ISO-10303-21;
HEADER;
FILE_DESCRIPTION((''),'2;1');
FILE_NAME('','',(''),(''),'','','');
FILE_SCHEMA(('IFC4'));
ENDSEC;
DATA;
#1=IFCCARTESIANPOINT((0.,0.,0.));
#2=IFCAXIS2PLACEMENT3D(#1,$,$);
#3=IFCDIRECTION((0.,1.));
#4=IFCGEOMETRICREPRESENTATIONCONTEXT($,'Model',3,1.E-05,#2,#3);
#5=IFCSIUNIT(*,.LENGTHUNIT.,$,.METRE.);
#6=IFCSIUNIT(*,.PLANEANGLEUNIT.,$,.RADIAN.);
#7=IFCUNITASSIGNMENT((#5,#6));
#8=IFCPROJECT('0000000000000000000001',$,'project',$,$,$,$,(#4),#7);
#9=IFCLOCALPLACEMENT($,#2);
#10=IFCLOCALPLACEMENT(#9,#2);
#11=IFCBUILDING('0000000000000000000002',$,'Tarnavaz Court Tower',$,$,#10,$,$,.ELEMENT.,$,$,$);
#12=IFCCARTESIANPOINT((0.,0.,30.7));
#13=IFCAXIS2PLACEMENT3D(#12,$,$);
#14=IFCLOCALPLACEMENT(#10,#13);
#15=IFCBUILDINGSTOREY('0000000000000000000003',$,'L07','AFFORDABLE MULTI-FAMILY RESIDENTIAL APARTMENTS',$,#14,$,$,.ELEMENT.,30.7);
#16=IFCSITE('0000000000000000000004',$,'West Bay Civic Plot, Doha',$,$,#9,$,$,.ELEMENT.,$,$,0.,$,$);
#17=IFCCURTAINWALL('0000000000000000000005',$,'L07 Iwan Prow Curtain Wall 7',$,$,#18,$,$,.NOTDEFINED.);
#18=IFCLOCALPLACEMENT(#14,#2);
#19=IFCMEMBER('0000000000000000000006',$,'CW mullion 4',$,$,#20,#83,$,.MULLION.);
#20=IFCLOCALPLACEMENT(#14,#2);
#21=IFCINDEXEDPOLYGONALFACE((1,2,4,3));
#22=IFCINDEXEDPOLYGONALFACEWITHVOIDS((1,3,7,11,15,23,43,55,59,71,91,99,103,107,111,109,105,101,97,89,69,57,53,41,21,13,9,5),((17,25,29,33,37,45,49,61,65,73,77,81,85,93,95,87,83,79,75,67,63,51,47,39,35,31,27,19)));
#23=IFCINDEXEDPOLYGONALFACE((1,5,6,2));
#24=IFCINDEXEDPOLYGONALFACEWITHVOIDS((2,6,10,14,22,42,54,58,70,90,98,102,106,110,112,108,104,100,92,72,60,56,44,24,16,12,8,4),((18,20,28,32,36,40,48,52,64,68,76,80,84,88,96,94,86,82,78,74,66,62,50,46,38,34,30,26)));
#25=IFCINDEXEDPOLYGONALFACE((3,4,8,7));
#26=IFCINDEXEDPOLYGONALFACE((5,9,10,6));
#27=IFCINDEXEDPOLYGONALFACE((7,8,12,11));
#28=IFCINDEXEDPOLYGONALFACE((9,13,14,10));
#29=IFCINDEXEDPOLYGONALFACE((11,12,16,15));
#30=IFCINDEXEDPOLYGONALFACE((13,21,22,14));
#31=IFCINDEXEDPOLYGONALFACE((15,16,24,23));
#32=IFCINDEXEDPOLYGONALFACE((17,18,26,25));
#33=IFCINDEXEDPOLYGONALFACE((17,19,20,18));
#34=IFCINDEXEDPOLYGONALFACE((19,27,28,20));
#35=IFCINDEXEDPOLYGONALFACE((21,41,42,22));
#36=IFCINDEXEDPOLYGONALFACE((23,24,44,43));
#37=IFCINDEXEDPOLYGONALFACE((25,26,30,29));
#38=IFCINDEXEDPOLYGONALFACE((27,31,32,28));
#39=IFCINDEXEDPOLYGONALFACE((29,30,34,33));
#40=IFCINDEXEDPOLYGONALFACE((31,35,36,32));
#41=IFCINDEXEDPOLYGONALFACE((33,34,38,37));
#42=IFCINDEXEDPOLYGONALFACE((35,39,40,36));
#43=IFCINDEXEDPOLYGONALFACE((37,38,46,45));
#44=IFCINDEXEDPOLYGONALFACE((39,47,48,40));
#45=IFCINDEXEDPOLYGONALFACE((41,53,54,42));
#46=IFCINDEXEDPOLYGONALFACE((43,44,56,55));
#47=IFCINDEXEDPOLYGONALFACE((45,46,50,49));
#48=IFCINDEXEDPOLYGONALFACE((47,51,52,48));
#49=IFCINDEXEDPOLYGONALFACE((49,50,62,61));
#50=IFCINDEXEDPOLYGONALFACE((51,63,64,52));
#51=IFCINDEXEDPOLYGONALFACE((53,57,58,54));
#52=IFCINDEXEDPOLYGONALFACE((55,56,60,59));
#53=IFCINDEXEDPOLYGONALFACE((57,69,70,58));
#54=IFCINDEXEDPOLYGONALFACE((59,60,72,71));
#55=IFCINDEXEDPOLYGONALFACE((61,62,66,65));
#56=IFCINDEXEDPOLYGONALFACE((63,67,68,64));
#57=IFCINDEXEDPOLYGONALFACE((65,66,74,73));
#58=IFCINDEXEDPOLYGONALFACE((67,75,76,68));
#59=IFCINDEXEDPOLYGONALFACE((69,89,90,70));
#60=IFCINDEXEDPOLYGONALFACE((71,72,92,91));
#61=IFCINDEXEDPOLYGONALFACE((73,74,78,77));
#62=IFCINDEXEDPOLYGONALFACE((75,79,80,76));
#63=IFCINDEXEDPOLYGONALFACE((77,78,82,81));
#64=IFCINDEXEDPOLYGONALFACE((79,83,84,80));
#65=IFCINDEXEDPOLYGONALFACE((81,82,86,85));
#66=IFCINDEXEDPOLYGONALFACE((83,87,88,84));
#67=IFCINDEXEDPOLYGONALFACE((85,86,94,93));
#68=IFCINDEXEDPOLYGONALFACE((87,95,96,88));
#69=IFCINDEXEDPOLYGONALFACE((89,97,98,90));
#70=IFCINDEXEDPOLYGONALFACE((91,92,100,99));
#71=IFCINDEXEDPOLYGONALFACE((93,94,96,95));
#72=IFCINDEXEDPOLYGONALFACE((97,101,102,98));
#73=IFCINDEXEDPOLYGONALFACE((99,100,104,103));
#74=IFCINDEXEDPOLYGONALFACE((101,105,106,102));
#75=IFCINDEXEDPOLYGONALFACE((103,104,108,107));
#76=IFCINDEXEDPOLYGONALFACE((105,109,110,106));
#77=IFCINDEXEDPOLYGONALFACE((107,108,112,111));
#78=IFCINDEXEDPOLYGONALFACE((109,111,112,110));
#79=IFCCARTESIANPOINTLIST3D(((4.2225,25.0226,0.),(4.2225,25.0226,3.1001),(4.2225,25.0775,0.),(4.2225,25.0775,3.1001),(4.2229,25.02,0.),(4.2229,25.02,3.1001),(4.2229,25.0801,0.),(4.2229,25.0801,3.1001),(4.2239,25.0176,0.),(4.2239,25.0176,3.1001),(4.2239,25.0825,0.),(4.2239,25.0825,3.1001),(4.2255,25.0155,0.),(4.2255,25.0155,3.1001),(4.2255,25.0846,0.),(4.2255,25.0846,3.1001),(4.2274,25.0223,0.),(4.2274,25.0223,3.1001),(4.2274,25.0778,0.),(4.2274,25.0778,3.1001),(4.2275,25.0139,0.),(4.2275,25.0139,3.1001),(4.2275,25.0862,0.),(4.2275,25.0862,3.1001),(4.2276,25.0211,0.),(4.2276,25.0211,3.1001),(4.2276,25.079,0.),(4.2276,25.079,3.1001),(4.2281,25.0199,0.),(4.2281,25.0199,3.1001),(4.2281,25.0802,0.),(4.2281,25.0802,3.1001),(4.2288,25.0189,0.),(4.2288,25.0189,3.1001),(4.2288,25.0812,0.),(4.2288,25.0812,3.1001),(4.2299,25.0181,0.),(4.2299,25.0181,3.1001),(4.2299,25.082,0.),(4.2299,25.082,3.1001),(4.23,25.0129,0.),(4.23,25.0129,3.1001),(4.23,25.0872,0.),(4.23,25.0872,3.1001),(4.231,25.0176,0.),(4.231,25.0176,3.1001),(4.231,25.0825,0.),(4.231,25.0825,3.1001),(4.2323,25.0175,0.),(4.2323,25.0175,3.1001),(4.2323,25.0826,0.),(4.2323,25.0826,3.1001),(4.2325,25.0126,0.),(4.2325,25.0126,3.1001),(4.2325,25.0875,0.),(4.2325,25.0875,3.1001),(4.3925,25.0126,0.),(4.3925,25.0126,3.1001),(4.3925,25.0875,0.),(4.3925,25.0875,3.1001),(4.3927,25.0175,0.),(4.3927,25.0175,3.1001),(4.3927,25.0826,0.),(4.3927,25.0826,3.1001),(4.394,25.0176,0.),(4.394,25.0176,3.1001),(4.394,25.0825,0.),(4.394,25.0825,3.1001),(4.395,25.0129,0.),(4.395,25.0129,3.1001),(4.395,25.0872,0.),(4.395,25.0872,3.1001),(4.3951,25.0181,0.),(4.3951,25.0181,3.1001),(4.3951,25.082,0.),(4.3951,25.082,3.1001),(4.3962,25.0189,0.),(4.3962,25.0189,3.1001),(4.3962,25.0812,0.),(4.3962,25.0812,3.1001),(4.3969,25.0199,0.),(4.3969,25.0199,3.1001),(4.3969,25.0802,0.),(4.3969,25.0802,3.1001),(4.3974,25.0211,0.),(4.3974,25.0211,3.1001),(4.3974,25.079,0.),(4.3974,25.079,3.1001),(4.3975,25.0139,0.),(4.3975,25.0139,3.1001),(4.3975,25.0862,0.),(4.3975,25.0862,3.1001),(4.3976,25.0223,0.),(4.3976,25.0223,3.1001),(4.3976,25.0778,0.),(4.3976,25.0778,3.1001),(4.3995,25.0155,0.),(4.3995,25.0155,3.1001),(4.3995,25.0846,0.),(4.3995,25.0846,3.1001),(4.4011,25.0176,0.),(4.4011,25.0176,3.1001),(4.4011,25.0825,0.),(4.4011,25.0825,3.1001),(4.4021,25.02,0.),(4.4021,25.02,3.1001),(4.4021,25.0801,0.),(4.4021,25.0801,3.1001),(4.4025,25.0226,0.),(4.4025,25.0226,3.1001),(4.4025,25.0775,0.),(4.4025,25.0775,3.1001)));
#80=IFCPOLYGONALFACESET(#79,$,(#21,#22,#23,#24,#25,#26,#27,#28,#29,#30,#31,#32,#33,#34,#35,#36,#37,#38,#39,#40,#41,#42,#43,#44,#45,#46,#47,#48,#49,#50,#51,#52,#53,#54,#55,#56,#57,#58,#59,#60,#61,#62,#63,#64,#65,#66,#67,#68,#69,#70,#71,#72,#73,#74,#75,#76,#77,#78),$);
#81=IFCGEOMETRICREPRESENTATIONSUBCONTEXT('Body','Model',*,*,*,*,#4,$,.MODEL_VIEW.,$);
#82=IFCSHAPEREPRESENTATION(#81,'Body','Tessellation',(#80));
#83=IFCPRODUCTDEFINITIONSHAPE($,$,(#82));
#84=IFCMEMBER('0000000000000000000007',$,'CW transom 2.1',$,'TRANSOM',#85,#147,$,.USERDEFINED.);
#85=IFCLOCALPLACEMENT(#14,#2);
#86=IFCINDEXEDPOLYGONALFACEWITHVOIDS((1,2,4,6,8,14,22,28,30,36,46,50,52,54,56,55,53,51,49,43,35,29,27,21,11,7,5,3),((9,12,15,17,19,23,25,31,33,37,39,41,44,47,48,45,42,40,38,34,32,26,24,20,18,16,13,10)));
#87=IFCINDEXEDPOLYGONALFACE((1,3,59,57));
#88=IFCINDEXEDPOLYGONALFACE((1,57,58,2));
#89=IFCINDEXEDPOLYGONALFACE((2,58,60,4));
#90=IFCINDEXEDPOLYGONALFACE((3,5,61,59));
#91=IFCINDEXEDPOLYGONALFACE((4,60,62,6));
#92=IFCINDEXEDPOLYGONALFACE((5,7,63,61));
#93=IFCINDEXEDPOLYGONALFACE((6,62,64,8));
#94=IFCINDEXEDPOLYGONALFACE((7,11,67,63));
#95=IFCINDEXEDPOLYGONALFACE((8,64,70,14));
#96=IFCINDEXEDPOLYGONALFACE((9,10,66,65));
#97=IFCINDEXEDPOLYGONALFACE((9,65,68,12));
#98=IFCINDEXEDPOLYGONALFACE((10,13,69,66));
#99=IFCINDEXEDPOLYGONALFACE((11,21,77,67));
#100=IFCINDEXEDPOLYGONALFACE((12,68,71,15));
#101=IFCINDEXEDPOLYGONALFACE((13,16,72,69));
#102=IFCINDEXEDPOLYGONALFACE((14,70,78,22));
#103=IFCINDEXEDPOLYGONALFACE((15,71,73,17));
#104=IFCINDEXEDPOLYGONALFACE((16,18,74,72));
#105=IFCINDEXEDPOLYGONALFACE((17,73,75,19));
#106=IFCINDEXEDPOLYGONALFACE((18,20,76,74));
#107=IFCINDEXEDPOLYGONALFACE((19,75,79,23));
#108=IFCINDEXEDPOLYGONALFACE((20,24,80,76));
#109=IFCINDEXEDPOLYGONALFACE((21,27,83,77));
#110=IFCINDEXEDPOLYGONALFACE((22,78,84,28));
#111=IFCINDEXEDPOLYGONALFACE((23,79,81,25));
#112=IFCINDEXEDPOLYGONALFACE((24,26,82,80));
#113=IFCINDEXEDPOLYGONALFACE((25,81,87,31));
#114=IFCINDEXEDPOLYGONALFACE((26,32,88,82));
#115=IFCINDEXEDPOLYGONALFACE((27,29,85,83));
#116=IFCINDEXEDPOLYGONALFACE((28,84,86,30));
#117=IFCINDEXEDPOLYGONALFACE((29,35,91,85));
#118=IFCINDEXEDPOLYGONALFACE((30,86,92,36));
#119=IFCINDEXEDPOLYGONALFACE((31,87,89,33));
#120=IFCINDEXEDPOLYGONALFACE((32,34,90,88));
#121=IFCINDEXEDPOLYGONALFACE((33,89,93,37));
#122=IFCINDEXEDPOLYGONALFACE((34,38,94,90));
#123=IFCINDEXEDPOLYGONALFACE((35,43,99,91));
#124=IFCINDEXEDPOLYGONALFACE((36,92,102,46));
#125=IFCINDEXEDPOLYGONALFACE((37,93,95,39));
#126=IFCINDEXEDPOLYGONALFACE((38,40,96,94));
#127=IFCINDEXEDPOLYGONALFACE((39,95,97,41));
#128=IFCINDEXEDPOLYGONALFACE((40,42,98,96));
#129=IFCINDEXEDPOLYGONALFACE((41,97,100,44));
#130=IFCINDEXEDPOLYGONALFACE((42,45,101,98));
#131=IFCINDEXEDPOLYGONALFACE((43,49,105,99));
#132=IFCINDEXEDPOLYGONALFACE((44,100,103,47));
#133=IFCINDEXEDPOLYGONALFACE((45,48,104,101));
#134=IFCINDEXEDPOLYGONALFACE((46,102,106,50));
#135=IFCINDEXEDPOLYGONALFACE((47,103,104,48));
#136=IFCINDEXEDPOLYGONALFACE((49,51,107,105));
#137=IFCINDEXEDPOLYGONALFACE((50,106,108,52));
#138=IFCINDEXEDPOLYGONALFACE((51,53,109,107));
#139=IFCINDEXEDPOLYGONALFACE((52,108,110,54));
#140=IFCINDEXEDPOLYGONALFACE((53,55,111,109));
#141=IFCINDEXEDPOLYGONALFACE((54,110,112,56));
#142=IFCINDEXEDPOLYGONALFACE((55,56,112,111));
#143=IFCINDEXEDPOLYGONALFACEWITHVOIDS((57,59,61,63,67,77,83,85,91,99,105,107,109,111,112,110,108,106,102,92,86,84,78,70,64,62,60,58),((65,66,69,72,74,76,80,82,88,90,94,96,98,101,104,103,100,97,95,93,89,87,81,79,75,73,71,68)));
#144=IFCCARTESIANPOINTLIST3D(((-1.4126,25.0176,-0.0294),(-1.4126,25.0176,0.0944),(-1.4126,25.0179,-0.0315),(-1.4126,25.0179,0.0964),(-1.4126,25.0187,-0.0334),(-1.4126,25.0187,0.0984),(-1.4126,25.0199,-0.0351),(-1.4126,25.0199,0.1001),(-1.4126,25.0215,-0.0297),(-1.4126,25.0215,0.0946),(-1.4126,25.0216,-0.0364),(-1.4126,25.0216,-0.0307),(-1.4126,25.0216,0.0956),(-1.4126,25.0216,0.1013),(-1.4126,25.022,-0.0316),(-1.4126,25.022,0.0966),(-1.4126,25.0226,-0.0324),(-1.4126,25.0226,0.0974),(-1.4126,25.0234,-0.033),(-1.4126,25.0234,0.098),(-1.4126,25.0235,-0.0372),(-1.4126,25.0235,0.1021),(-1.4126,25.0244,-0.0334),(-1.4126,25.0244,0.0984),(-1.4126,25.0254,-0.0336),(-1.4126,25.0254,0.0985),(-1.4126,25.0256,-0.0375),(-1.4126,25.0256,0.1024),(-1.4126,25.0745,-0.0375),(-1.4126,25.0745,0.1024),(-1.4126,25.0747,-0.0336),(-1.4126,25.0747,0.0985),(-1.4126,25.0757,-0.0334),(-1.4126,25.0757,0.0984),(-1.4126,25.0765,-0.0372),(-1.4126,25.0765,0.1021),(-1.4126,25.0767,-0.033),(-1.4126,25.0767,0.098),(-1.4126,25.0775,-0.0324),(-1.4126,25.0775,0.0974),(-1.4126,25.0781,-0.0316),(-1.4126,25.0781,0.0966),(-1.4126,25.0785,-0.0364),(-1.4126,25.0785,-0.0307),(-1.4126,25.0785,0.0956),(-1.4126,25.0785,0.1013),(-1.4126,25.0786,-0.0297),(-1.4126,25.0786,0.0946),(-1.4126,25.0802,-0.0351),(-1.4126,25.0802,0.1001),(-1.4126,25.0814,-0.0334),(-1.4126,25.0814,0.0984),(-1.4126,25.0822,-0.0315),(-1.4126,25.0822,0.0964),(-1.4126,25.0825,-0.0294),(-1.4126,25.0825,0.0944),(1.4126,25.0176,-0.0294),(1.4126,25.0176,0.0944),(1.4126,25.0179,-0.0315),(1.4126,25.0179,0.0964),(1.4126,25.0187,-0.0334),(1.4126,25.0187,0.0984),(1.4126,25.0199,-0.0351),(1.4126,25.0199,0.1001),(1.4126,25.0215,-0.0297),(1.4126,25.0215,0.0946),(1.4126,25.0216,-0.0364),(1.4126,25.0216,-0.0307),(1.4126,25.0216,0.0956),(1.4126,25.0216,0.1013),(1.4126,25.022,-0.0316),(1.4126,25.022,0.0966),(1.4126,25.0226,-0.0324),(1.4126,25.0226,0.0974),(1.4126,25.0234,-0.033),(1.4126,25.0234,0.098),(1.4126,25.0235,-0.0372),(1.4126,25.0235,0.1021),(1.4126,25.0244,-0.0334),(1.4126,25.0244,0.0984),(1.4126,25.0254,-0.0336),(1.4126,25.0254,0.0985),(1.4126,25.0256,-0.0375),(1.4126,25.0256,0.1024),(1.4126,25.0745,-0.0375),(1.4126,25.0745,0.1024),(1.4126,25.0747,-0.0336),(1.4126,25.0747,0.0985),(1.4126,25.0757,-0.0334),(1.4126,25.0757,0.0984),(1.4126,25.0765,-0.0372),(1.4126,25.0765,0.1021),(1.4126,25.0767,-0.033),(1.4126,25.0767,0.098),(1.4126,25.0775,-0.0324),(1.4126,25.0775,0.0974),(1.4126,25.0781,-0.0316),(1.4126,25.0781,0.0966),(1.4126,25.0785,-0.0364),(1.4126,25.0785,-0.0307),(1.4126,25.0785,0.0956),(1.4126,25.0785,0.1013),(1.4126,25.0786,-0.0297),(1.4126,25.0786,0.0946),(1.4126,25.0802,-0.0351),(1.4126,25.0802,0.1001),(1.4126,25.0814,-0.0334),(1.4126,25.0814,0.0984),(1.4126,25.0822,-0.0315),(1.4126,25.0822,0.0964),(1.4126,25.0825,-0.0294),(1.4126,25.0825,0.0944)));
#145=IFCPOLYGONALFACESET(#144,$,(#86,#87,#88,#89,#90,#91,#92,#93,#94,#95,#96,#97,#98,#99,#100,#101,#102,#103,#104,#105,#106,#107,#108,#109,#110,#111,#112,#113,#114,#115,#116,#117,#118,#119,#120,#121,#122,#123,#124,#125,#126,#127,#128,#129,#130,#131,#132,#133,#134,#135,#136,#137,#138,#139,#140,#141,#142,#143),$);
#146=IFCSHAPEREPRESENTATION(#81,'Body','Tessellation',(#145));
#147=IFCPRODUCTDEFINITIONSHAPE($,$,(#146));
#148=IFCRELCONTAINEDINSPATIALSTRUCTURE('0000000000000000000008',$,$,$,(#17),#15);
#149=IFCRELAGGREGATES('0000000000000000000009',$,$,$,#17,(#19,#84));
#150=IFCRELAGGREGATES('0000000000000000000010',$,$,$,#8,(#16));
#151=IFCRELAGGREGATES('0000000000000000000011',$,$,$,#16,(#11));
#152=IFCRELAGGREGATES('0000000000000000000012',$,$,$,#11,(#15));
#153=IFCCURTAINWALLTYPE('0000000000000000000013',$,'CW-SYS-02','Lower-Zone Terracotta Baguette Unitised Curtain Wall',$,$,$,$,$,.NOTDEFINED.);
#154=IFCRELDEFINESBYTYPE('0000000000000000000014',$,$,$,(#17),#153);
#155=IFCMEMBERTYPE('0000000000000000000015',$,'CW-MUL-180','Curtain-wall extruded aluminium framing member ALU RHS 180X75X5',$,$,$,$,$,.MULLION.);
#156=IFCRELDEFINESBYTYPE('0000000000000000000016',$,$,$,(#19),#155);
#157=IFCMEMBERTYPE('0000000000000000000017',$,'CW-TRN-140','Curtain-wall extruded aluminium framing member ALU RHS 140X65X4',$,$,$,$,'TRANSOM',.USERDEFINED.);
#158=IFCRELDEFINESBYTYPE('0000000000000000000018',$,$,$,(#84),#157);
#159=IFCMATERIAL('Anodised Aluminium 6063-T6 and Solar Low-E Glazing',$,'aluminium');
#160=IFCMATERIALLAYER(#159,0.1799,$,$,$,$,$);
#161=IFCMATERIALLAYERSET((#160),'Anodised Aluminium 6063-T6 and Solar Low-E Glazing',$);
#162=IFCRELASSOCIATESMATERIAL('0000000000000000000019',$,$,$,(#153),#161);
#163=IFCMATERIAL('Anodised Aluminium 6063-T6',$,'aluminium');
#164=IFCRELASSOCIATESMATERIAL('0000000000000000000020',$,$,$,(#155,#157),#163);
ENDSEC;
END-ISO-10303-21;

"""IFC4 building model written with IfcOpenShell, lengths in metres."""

from ifc_helpers import new_model, si_unit, direction, frame, origin, origin_2d, place, context, subcontext, project, spatial, hollow_rectangle, extrude, material, layer, layer_set, material_profile, profile_set, type_object, element, aggregate, save


model = new_model("IFC4")

# Units and contexts
model_context = context("Model", 3, precision=1e-05, world=origin(), true_north=direction((0.0, 1.0)))
body_context = subcontext(model_context, "Body", "Model", "MODEL_VIEW")
ifc_project = project(units=[si_unit("LENGTHUNIT", "METRE"), si_unit("PLANEANGLEUNIT", "RADIAN")], contexts=[model_context])

# Site, building, storey
site_placement = place(None, origin())
site = spatial("IfcSite", under=ifc_project, at=site_placement, Name="West Bay Civic Plot, Doha", CompositionType="ELEMENT", RefElevation=0.0)
building_placement = place(site_placement, origin())
building = spatial("IfcBuilding", under=site, at=building_placement, Name="Tarnavaz Court Tower", CompositionType="ELEMENT")
storey_placement = place(building_placement, frame((0.0, 0.0, 30.7)))
storey = spatial("IfcBuildingStorey", under=building, at=storey_placement, Name="L07", Description="AFFORDABLE MULTI-FAMILY RESIDENTIAL APARTMENTS", CompositionType="ELEMENT", Elevation=30.7)

# Curtain wall, members
ifc_material_1 = material(Name="Anodised Aluminium 6063-T6 and Solar Low-E Glazing", Category="aluminium")
ifc_layer_1 = layer(ifc_material_1, 0.1799)
ifc_layer_set_1 = layer_set([ifc_layer_1], Name="Anodised Aluminium 6063-T6 and Solar Low-E Glazing")
curtain_wall_type = type_object("IfcCurtainWallType", Name="CW-SYS-02", Description="Lower-Zone Terracotta Baguette Unitised Curtain Wall", PredefinedType="NOTDEFINED", material=ifc_layer_set_1)
curtain_wall_placement = place(storey_placement, origin())
curtain_wall = element("IfcCurtainWall", 1, at=curtain_wall_placement, inside=storey, type_object=curtain_wall_type, Name="L07 Iwan Prow Curtain Wall 7", PredefinedType="NOTDEFINED")
ifc_material_2 = material(Name="Anodised Aluminium 6063-T6", Category="aluminium")
ifc_material_profile_1 = material_profile(ifc_material_2, hollow_rectangle(XDim=0.075, YDim=0.1799, WallThickness=0.0049, InnerFilletRadius=0.0049, OuterFilletRadius=0.01, at=origin_2d()), Name="ALU RHS 180X75X5")
ifc_profile_set_1 = profile_set([ifc_material_profile_1], Name="Anodised Aluminium 6063-T6")
member_type_1 = type_object("IfcMemberType", Name="CW-MUL-180", Description="Curtain-wall extruded aluminium framing member ALU RHS 180X75X5", PredefinedType="MULLION", material=ifc_profile_set_1)
member_1_placement = place(storey_placement, frame((4.3125, 25.05, 0.0), z_axis=(0.0, 0.0, 1.0), x_axis=(0.0, 1.0, 0.0)))
member_1 = element("IfcMember", 2, at=member_1_placement, type_object=member_type_1, Name="CW mullion 4", PredefinedType="MULLION", context=body_context, shape_type="SweptSolid", body=[
    extrude(hollow_rectangle(XDim=0.075, YDim=0.1799, WallThickness=0.0049, InnerFilletRadius=0.0049, OuterFilletRadius=0.01, at=origin_2d()), origin(), (0.0, 0.0, 1.0), 3.1001),
])
ifc_material_profile_2 = material_profile(ifc_material_2, hollow_rectangle(XDim=0.0649, YDim=0.1399, WallThickness=0.0039, InnerFilletRadius=0.0039, OuterFilletRadius=0.0081, at=origin_2d()), Name="ALU RHS 140X65X4")
ifc_profile_set_2 = profile_set([ifc_material_profile_2], Name="Anodised Aluminium 6063-T6")
member_type_2 = type_object("IfcMemberType", Name="CW-TRN-140", Description="Curtain-wall extruded aluminium framing member ALU RHS 140X65X4", ElementType="TRANSOM", PredefinedType="USERDEFINED", material=ifc_profile_set_2)
member_2_placement = place(storey_placement, frame((-1.4126, 25.05, 0.0325), z_axis=(1.0, 0.0, 0.0), x_axis=(0.0, 1.0, 0.0)))
member_2 = element("IfcMember", 3, at=member_2_placement, type_object=member_type_2, Name="CW transom 2.1", ObjectType="TRANSOM", PredefinedType="USERDEFINED", context=body_context, shape_type="SweptSolid", body=[
    extrude(hollow_rectangle(XDim=0.0649, YDim=0.1399, WallThickness=0.0039, InnerFilletRadius=0.0039, OuterFilletRadius=0.0081, at=origin_2d()), origin(), (0.0, 0.0, 1.0), 2.8252),
])
aggregate(curtain_wall, [member_1, member_2])

save(model, "model.ifc")
